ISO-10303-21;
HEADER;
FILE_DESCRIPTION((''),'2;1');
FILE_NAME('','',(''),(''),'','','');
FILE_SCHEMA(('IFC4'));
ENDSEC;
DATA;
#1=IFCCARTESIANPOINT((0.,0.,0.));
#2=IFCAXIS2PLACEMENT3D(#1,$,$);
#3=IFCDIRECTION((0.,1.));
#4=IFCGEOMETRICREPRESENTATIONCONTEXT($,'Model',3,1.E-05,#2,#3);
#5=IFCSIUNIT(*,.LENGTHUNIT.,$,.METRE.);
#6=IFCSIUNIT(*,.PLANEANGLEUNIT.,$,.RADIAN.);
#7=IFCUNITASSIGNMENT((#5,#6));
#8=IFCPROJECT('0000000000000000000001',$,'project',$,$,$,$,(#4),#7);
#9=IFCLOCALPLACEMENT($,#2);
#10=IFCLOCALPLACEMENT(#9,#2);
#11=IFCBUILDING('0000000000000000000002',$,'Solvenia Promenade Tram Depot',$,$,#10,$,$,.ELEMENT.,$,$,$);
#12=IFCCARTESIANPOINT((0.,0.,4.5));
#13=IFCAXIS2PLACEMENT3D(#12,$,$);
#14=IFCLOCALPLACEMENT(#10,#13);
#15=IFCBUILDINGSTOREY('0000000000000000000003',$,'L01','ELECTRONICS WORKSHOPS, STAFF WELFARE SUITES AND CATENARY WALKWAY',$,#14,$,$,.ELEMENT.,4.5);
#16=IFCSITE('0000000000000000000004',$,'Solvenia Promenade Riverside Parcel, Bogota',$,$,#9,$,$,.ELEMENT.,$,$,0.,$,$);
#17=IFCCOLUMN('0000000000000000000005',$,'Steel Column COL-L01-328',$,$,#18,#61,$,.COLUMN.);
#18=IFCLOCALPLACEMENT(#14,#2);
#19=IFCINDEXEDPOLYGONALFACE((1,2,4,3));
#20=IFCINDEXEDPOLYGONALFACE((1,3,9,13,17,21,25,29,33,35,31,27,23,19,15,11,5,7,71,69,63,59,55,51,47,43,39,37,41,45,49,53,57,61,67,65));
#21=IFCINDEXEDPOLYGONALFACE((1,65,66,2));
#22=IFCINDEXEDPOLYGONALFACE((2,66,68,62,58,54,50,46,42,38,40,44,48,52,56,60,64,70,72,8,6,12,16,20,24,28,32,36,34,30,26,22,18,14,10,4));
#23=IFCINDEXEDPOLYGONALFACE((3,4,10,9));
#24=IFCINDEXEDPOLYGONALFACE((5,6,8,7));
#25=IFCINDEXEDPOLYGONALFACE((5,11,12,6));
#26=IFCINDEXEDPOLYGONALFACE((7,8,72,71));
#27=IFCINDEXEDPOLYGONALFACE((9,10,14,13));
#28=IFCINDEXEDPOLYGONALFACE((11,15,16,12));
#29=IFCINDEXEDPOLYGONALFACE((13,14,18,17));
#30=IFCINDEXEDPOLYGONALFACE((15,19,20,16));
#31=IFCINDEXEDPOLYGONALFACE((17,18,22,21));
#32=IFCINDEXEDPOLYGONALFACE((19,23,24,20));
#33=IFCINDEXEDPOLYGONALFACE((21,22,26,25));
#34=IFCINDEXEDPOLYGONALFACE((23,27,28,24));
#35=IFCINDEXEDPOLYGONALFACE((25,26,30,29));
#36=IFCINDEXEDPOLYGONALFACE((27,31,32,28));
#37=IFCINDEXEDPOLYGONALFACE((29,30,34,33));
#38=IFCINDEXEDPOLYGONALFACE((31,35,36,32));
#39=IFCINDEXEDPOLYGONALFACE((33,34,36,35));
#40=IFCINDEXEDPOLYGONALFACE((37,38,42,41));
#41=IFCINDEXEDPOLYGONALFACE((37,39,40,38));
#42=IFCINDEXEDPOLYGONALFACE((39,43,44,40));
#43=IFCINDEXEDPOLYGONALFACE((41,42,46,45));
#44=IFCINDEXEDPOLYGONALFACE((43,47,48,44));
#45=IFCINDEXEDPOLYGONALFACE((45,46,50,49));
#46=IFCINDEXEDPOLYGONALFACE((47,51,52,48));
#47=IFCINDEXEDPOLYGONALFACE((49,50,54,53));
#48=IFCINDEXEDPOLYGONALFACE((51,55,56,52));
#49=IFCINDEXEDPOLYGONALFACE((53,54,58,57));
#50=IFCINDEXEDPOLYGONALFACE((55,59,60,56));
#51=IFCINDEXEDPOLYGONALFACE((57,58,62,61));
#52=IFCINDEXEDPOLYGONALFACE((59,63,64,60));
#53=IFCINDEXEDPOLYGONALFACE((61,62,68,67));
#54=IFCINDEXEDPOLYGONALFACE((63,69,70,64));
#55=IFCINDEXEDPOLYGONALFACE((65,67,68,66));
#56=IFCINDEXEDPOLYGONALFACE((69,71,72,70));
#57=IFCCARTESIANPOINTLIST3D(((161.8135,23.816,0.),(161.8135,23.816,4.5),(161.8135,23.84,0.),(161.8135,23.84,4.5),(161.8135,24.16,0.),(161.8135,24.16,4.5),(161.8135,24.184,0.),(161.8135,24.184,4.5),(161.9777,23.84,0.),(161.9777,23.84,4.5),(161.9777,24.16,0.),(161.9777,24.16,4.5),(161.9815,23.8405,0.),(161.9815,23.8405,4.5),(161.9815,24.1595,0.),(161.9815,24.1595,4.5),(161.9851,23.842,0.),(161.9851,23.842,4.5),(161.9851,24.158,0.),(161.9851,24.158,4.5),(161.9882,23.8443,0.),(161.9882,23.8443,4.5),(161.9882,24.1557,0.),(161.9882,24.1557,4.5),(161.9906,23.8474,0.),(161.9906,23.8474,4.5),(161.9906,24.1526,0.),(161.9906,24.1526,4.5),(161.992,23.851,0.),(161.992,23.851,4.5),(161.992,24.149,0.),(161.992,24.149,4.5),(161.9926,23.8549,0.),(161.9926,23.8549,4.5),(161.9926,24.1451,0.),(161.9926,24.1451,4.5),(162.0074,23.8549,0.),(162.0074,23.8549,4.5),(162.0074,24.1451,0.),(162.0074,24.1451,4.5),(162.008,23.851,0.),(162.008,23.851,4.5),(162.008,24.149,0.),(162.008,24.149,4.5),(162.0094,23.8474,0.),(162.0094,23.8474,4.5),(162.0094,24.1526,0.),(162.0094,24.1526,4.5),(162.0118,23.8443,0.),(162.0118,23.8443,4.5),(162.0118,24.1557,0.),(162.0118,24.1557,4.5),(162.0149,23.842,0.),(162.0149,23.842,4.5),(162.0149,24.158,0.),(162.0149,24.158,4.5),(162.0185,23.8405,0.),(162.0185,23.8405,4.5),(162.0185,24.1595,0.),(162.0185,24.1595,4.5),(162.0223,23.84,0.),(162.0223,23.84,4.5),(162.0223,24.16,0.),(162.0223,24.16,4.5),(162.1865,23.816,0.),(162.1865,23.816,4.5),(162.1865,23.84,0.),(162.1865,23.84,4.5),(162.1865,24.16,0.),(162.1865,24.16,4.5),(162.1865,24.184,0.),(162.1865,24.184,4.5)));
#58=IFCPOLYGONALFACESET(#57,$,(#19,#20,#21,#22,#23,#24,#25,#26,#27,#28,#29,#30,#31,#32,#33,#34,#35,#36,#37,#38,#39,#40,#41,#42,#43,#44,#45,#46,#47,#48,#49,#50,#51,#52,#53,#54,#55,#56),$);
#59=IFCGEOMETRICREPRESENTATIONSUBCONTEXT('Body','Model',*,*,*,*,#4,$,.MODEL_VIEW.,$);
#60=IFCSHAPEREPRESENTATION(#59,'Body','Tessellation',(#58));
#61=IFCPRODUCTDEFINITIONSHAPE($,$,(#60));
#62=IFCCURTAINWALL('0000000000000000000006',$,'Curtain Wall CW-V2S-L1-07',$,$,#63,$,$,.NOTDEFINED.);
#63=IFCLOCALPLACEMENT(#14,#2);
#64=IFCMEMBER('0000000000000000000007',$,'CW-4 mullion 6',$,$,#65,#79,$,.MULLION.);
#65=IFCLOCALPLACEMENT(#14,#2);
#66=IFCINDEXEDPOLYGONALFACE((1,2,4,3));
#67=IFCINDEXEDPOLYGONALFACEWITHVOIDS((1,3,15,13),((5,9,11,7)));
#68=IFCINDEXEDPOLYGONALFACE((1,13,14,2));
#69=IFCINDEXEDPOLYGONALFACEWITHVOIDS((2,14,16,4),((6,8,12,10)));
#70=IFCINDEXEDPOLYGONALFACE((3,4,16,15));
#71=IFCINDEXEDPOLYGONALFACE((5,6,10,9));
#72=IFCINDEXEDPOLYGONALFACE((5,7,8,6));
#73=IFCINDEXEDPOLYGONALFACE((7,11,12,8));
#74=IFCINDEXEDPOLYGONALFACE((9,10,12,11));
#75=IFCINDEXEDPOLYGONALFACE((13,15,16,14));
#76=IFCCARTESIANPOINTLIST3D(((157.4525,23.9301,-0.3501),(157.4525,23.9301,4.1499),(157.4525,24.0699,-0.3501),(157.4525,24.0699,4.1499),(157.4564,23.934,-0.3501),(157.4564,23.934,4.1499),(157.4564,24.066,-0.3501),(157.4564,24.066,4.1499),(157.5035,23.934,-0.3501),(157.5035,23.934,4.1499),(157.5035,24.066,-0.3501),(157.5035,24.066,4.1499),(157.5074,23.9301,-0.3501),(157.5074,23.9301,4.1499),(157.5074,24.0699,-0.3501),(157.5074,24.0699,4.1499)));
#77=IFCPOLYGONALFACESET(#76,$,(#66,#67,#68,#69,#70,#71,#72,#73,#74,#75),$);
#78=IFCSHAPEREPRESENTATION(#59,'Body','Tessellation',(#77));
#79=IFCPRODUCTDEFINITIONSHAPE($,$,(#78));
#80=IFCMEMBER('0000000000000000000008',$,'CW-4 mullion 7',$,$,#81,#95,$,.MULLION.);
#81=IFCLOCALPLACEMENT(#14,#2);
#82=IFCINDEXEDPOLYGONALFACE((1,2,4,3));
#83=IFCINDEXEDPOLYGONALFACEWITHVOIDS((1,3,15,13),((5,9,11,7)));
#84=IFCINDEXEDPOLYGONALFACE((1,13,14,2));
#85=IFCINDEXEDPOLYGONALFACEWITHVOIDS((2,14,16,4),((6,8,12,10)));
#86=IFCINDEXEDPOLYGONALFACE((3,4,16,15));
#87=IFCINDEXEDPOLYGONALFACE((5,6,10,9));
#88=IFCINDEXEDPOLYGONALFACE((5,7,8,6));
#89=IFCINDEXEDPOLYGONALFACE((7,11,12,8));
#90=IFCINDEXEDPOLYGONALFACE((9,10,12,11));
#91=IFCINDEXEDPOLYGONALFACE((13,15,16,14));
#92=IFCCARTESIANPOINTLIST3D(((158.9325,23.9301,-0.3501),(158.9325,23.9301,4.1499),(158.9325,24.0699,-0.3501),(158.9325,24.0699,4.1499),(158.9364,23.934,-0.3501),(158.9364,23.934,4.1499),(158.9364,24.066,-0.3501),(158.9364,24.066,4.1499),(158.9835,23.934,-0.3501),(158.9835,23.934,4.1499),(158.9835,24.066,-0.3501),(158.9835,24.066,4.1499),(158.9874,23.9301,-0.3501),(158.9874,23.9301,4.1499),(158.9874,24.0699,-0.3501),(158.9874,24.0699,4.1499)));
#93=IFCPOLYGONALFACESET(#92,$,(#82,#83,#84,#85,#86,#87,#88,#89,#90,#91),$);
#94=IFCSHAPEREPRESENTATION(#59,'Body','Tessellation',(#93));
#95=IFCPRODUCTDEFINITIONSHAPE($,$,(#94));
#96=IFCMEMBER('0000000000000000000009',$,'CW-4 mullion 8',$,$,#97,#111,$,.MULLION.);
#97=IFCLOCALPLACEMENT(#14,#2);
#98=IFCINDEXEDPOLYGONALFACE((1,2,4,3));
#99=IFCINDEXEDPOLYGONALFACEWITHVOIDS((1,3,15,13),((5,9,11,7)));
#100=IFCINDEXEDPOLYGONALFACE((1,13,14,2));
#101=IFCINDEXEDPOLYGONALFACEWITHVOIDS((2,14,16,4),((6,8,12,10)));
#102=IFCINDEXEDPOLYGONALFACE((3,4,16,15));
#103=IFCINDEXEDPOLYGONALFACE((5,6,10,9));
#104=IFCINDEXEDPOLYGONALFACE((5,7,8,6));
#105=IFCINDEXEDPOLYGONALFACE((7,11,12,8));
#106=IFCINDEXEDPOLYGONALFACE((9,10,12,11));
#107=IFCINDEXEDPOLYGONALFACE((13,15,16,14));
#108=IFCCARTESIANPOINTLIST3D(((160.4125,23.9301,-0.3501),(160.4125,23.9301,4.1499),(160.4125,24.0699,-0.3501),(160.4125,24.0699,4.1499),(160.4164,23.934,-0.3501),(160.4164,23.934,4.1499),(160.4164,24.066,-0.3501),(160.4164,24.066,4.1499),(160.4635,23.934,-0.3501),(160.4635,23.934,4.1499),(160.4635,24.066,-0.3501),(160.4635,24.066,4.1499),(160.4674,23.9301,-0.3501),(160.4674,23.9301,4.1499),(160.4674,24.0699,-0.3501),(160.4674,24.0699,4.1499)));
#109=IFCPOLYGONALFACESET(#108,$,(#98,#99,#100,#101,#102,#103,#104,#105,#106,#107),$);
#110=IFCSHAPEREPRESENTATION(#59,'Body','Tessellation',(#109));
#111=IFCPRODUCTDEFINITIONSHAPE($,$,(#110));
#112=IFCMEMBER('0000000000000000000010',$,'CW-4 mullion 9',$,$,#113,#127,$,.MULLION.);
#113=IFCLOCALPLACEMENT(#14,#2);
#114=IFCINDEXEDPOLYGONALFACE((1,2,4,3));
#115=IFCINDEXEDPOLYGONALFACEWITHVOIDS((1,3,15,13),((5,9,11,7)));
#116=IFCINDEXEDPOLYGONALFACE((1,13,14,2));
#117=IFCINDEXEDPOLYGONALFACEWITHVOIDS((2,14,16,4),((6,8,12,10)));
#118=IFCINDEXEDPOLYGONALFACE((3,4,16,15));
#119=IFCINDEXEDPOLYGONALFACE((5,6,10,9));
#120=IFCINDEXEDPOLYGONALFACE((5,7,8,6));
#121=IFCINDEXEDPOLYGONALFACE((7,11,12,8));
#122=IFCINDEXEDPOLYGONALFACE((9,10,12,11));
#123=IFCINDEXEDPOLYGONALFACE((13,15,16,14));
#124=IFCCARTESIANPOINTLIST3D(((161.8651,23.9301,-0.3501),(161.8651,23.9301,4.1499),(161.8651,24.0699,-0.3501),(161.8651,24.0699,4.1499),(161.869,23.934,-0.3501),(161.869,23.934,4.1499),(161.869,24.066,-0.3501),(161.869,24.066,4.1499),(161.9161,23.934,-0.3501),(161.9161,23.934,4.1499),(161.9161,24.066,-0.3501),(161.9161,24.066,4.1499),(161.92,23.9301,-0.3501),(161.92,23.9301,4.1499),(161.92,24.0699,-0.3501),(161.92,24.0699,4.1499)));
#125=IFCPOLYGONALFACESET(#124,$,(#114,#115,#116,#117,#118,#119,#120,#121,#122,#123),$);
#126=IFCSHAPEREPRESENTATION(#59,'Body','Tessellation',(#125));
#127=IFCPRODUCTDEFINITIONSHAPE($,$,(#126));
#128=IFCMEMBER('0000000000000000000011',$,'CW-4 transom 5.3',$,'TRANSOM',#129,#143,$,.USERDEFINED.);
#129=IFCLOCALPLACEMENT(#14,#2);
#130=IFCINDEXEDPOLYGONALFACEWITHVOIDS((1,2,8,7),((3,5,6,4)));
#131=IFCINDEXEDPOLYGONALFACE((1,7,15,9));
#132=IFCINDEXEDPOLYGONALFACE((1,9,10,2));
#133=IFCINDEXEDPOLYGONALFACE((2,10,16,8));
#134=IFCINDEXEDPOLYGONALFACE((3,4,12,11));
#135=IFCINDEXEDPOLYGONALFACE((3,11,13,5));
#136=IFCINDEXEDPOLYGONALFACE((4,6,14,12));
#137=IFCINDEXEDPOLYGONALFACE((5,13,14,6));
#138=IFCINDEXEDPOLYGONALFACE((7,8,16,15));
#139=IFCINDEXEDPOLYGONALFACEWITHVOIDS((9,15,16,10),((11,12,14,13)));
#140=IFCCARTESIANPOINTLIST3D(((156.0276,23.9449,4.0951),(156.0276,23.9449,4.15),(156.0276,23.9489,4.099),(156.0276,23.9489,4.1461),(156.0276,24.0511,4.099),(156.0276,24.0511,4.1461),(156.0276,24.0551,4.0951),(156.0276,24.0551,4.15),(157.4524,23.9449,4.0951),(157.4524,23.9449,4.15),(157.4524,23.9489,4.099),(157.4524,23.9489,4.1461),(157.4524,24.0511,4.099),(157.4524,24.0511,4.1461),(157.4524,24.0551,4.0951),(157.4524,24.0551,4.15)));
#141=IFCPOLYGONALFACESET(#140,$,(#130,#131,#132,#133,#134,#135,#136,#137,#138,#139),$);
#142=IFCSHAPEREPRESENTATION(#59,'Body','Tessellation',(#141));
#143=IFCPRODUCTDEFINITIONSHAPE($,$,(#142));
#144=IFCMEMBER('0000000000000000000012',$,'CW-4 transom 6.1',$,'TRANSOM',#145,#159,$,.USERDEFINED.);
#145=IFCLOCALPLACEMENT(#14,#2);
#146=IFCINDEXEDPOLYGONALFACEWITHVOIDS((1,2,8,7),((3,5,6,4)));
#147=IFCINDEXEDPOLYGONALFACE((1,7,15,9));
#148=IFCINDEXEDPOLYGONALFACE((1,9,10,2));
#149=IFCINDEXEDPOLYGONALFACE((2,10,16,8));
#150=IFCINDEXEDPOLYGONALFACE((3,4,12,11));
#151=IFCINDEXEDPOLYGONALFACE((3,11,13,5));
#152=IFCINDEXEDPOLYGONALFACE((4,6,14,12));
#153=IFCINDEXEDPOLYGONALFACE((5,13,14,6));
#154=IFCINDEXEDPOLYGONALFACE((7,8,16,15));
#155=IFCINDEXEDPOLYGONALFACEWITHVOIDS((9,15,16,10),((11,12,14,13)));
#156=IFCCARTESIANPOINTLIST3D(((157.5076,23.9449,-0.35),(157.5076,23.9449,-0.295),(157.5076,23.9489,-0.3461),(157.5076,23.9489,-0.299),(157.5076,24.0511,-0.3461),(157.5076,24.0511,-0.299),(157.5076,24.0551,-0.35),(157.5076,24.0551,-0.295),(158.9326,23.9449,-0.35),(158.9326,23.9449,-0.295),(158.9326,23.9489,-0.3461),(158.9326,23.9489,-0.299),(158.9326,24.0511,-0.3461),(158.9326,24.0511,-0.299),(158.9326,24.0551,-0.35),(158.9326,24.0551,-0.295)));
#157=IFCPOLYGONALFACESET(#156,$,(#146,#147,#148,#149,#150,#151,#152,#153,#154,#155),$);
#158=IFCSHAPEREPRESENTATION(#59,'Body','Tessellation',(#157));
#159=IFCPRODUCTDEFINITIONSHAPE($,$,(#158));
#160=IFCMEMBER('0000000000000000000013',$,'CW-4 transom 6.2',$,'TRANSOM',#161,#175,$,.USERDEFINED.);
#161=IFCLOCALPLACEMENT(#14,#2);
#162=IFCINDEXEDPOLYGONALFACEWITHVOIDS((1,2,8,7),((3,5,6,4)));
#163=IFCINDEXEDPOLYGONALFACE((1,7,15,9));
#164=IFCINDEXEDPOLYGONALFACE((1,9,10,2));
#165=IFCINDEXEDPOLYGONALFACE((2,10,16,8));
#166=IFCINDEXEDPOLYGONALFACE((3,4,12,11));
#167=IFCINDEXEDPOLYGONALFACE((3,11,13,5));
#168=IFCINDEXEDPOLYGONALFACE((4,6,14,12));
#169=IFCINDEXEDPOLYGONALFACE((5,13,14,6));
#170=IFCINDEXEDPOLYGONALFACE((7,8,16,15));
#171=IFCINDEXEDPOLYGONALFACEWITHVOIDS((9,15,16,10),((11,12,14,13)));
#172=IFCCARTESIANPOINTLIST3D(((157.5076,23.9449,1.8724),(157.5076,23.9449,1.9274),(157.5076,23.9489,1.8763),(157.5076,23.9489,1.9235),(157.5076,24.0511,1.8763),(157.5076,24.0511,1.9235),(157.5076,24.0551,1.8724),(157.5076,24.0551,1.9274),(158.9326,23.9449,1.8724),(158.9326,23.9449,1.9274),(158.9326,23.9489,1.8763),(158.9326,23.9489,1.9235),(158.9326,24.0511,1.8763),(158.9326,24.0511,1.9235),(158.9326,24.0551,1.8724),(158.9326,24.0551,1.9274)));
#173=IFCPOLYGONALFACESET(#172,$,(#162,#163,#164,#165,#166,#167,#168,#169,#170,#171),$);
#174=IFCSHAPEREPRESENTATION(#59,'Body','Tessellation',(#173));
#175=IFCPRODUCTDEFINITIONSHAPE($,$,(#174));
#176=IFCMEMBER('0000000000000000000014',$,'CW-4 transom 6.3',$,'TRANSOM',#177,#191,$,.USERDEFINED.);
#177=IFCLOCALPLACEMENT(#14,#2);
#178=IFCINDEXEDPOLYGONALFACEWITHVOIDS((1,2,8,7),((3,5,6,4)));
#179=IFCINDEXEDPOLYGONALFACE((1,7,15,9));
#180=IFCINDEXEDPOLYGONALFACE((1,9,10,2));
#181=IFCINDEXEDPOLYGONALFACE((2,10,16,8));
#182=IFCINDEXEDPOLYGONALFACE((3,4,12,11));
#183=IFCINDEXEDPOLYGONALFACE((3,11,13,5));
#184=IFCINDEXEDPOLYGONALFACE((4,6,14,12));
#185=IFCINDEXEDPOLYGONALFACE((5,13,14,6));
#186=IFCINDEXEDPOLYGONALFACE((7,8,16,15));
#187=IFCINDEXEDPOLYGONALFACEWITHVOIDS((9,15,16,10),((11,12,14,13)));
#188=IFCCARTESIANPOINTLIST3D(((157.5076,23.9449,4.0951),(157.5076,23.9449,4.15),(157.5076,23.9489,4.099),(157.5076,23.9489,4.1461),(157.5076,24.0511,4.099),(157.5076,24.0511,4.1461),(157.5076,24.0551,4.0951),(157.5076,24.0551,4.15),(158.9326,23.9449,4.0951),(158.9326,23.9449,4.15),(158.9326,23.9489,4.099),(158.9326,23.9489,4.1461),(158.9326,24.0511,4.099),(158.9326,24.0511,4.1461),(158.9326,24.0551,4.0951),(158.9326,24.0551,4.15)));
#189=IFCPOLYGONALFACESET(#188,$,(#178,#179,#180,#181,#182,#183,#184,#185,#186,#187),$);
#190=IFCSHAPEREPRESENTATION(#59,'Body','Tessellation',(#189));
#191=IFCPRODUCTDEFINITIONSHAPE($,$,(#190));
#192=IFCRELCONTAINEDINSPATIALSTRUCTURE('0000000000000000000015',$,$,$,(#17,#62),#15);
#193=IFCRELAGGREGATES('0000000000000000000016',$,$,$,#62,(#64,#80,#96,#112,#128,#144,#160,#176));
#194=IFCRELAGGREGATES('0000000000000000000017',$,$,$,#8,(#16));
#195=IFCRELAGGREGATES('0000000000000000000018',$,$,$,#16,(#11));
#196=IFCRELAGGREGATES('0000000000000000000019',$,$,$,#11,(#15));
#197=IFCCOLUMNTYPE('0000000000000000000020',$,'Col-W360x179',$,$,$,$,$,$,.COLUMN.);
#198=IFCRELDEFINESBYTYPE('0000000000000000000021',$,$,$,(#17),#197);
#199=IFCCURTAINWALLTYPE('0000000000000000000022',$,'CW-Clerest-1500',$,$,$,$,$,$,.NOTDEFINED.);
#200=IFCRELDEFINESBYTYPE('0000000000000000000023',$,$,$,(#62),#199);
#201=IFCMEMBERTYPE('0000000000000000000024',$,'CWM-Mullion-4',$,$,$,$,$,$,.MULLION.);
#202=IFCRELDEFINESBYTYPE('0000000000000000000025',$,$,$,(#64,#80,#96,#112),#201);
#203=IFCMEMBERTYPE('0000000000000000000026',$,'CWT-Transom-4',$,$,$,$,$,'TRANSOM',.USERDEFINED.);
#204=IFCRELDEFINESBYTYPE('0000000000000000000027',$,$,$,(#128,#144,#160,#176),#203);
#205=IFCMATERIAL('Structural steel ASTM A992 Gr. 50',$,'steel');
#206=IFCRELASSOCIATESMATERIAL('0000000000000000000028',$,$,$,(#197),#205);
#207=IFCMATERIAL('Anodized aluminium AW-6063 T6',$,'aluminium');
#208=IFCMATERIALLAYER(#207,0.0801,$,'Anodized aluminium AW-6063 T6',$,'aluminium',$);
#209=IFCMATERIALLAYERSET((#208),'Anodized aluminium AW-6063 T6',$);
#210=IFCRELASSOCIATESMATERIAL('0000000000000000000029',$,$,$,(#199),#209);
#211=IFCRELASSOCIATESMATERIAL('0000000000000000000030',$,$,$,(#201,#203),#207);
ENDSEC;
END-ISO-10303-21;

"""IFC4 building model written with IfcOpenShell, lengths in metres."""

from ifc_helpers import new_model, si_unit, direction, frame, origin, origin_2d, place, context, subcontext, project, spatial, hollow_rectangle, i_section, extrude, material, layer, layer_set, material_profile, profile_set, type_object, element, aggregate, save


model = new_model("IFC4")

# Units and contexts
model_context = context("Model", 3, precision=1e-05, world=origin(), true_north=direction((0.0, 1.0)))
body_context = subcontext(model_context, "Body", "Model", "MODEL_VIEW")
ifc_project = project(units=[si_unit("LENGTHUNIT", "METRE"), si_unit("PLANEANGLEUNIT", "RADIAN")], contexts=[model_context])

# Site, building, storey
site_placement = place(None, origin())
site = spatial("IfcSite", under=ifc_project, at=site_placement, Name="Solvenia Promenade Riverside Parcel, Bogota", CompositionType="ELEMENT", RefElevation=0.0)
building_placement = place(site_placement, origin())
building = spatial("IfcBuilding", under=site, at=building_placement, Name="Solvenia Promenade Tram Depot", CompositionType="ELEMENT")
storey_placement = place(building_placement, frame((0.0, 0.0, 4.5)))
storey = spatial("IfcBuildingStorey", under=building, at=storey_placement, Name="L01", Description="ELECTRONICS WORKSHOPS, STAFF WELFARE SUITES AND CATENARY WALKWAY", CompositionType="ELEMENT", Elevation=4.5)

# Column
ifc_material_1 = material(Name="Structural steel ASTM A992 Gr. 50", Category="steel")
ifc_material_profile_1 = material_profile(ifc_material_1, i_section(OverallWidth=0.373, OverallDepth=0.3679, WebThickness=0.0149, FlangeThickness=0.0239, FilletRadius=0.0149, at=origin_2d()), Name="W360x179", Category="steel")
ifc_profile_set_1 = profile_set([ifc_material_profile_1], Name="Structural steel ASTM A992 Gr. 50")
column_type = type_object("IfcColumnType", Name="Col-W360x179", PredefinedType="COLUMN", material=ifc_profile_set_1)
column_placement = place(storey_placement, frame((162.0, 24.0, 0.0), z_axis=(0.0, 0.0, 1.0), x_axis=(1.0, 0.0, 0.0)))
element("IfcColumn", 1, at=column_placement, inside=storey, type_object=column_type, Name="Steel Column COL-L01-328", PredefinedType="COLUMN", context=body_context, shape_type="SweptSolid", body=[
    extrude(i_section(OverallWidth=0.373, OverallDepth=0.3679, WebThickness=0.0149, FlangeThickness=0.0239, FilletRadius=0.0149, at=origin_2d()), origin(), (0.0, 0.0, 1.0), 4.5),
])

# Curtain wall, members
ifc_material_2 = material(Name="Anodized aluminium AW-6063 T6", Category="aluminium")
ifc_layer_1 = layer(ifc_material_2, 0.0801, Name="Anodized aluminium AW-6063 T6", Category="aluminium")
ifc_layer_set_1 = layer_set([ifc_layer_1], Name="Anodized aluminium AW-6063 T6")
curtain_wall_type = type_object("IfcCurtainWallType", Name="CW-Clerest-1500", PredefinedType="NOTDEFINED", material=ifc_layer_set_1)
curtain_wall_placement = place(storey_placement, origin())
curtain_wall = element("IfcCurtainWall", 2, at=curtain_wall_placement, inside=storey, type_object=curtain_wall_type, Name="Curtain Wall CW-V2S-L1-07", PredefinedType="NOTDEFINED")
ifc_material_profile_2 = material_profile(ifc_material_2, hollow_rectangle(XDim=0.1399, YDim=0.0549, WallThickness=0.0039, at=origin_2d()), Name="ALU-M4", Category="aluminium")
ifc_profile_set_2 = profile_set([ifc_material_profile_2], Name="Anodized aluminium AW-6063 T6")
member_type_1 = type_object("IfcMemberType", Name="CWM-Mullion-4", PredefinedType="MULLION", material=ifc_profile_set_2)
member_1_placement = place(storey_placement, frame((157.48, 24.0, -0.3501), z_axis=(0.0, 0.0, 1.0), x_axis=(0.0, 1.0, 0.0)))
member_1 = element("IfcMember", 3, at=member_1_placement, type_object=member_type_1, Name="CW-4 mullion 6", PredefinedType="MULLION", context=body_context, shape_type="SweptSolid", body=[
    extrude(hollow_rectangle(XDim=0.1399, YDim=0.0549, WallThickness=0.0039, at=origin_2d()), origin(), (0.0, 0.0, 1.0), 4.5),
])
member_2_placement = place(storey_placement, frame((158.96, 24.0, -0.3501), z_axis=(0.0, 0.0, 1.0), x_axis=(0.0, 1.0, 0.0)))
member_2 = element("IfcMember", 4, at=member_2_placement, type_object=member_type_1, Name="CW-4 mullion 7", PredefinedType="MULLION", context=body_context, shape_type="SweptSolid", body=[
    extrude(hollow_rectangle(XDim=0.1399, YDim=0.0549, WallThickness=0.0039, at=origin_2d()), origin(), (0.0, 0.0, 1.0), 4.5),
])
member_3_placement = place(storey_placement, frame((160.4399, 24.0, -0.3501), z_axis=(0.0, 0.0, 1.0), x_axis=(0.0, 1.0, 0.0)))
member_3 = element("IfcMember", 5, at=member_3_placement, type_object=member_type_1, Name="CW-4 mullion 8", PredefinedType="MULLION", context=body_context, shape_type="SweptSolid", body=[
    extrude(hollow_rectangle(XDim=0.1399, YDim=0.0549, WallThickness=0.0039, at=origin_2d()), origin(), (0.0, 0.0, 1.0), 4.5),
])
member_4_placement = place(storey_placement, frame((161.8926, 24.0, -0.3501), z_axis=(0.0, 0.0, 1.0), x_axis=(0.0, 1.0, 0.0)))
member_4 = element("IfcMember", 6, at=member_4_placement, type_object=member_type_1, Name="CW-4 mullion 9", PredefinedType="MULLION", context=body_context, shape_type="SweptSolid", body=[
    extrude(hollow_rectangle(XDim=0.1399, YDim=0.0549, WallThickness=0.0039, at=origin_2d()), origin(), (0.0, 0.0, 1.0), 4.5),
])
ifc_material_profile_3 = material_profile(ifc_material_2, hollow_rectangle(XDim=0.1101, YDim=0.0549, WallThickness=0.0039, at=origin_2d()), Name="ALU-T4", Category="aluminium")
ifc_profile_set_3 = profile_set([ifc_material_profile_3], Name="Anodized aluminium AW-6063 T6")
member_type_2 = type_object("IfcMemberType", Name="CWT-Transom-4", ElementType="TRANSOM", PredefinedType="USERDEFINED", material=ifc_profile_set_3)
member_5_placement = place(storey_placement, frame((156.0276, 24.0, 4.1226), z_axis=(1.0, 0.0, 0.0), x_axis=(0.0, 1.0, 0.0)))
member_5 = element("IfcMember", 7, at=member_5_placement, type_object=member_type_2, Name="CW-4 transom 5.3", ObjectType="TRANSOM", PredefinedType="USERDEFINED", context=body_context, shape_type="SweptSolid", body=[
    extrude(hollow_rectangle(XDim=0.1101, YDim=0.0549, WallThickness=0.0039, at=origin_2d()), origin(), (0.0, 0.0, 1.0), 1.4248),
])
member_6_placement = place(storey_placement, frame((157.5076, 24.0, -0.3225), z_axis=(1.0, 0.0, 0.0), x_axis=(0.0, 1.0, 0.0)))
member_6 = element("IfcMember", 8, at=member_6_placement, type_object=member_type_2, Name="CW-4 transom 6.1", ObjectType="TRANSOM", PredefinedType="USERDEFINED", context=body_context, shape_type="SweptSolid", body=[
    extrude(hollow_rectangle(XDim=0.1101, YDim=0.0549, WallThickness=0.0039, at=origin_2d()), origin(), (0.0, 0.0, 1.0), 1.425),
])
member_7_placement = place(storey_placement, frame((157.5076, 24.0, 1.8999), z_axis=(1.0, 0.0, 0.0), x_axis=(0.0, 1.0, 0.0)))
member_7 = element("IfcMember", 9, at=member_7_placement, type_object=member_type_2, Name="CW-4 transom 6.2", ObjectType="TRANSOM", PredefinedType="USERDEFINED", context=body_context, shape_type="SweptSolid", body=[
    extrude(hollow_rectangle(XDim=0.1101, YDim=0.0549, WallThickness=0.0039, at=origin_2d()), origin(), (0.0, 0.0, 1.0), 1.425),
])
member_8_placement = place(storey_placement, frame((157.5076, 24.0, 4.1226), z_axis=(1.0, 0.0, 0.0), x_axis=(0.0, 1.0, 0.0)))
member_8 = element("IfcMember", 10, at=member_8_placement, type_object=member_type_2, Name="CW-4 transom 6.3", ObjectType="TRANSOM", PredefinedType="USERDEFINED", context=body_context, shape_type="SweptSolid", body=[
    extrude(hollow_rectangle(XDim=0.1101, YDim=0.0549, WallThickness=0.0039, at=origin_2d()), origin(), (0.0, 0.0, 1.0), 1.425),
])

aggregate(curtain_wall, [member_1, member_2, member_3, member_4, member_5, member_6, member_7, member_8])

save(model, "model.ifc")
